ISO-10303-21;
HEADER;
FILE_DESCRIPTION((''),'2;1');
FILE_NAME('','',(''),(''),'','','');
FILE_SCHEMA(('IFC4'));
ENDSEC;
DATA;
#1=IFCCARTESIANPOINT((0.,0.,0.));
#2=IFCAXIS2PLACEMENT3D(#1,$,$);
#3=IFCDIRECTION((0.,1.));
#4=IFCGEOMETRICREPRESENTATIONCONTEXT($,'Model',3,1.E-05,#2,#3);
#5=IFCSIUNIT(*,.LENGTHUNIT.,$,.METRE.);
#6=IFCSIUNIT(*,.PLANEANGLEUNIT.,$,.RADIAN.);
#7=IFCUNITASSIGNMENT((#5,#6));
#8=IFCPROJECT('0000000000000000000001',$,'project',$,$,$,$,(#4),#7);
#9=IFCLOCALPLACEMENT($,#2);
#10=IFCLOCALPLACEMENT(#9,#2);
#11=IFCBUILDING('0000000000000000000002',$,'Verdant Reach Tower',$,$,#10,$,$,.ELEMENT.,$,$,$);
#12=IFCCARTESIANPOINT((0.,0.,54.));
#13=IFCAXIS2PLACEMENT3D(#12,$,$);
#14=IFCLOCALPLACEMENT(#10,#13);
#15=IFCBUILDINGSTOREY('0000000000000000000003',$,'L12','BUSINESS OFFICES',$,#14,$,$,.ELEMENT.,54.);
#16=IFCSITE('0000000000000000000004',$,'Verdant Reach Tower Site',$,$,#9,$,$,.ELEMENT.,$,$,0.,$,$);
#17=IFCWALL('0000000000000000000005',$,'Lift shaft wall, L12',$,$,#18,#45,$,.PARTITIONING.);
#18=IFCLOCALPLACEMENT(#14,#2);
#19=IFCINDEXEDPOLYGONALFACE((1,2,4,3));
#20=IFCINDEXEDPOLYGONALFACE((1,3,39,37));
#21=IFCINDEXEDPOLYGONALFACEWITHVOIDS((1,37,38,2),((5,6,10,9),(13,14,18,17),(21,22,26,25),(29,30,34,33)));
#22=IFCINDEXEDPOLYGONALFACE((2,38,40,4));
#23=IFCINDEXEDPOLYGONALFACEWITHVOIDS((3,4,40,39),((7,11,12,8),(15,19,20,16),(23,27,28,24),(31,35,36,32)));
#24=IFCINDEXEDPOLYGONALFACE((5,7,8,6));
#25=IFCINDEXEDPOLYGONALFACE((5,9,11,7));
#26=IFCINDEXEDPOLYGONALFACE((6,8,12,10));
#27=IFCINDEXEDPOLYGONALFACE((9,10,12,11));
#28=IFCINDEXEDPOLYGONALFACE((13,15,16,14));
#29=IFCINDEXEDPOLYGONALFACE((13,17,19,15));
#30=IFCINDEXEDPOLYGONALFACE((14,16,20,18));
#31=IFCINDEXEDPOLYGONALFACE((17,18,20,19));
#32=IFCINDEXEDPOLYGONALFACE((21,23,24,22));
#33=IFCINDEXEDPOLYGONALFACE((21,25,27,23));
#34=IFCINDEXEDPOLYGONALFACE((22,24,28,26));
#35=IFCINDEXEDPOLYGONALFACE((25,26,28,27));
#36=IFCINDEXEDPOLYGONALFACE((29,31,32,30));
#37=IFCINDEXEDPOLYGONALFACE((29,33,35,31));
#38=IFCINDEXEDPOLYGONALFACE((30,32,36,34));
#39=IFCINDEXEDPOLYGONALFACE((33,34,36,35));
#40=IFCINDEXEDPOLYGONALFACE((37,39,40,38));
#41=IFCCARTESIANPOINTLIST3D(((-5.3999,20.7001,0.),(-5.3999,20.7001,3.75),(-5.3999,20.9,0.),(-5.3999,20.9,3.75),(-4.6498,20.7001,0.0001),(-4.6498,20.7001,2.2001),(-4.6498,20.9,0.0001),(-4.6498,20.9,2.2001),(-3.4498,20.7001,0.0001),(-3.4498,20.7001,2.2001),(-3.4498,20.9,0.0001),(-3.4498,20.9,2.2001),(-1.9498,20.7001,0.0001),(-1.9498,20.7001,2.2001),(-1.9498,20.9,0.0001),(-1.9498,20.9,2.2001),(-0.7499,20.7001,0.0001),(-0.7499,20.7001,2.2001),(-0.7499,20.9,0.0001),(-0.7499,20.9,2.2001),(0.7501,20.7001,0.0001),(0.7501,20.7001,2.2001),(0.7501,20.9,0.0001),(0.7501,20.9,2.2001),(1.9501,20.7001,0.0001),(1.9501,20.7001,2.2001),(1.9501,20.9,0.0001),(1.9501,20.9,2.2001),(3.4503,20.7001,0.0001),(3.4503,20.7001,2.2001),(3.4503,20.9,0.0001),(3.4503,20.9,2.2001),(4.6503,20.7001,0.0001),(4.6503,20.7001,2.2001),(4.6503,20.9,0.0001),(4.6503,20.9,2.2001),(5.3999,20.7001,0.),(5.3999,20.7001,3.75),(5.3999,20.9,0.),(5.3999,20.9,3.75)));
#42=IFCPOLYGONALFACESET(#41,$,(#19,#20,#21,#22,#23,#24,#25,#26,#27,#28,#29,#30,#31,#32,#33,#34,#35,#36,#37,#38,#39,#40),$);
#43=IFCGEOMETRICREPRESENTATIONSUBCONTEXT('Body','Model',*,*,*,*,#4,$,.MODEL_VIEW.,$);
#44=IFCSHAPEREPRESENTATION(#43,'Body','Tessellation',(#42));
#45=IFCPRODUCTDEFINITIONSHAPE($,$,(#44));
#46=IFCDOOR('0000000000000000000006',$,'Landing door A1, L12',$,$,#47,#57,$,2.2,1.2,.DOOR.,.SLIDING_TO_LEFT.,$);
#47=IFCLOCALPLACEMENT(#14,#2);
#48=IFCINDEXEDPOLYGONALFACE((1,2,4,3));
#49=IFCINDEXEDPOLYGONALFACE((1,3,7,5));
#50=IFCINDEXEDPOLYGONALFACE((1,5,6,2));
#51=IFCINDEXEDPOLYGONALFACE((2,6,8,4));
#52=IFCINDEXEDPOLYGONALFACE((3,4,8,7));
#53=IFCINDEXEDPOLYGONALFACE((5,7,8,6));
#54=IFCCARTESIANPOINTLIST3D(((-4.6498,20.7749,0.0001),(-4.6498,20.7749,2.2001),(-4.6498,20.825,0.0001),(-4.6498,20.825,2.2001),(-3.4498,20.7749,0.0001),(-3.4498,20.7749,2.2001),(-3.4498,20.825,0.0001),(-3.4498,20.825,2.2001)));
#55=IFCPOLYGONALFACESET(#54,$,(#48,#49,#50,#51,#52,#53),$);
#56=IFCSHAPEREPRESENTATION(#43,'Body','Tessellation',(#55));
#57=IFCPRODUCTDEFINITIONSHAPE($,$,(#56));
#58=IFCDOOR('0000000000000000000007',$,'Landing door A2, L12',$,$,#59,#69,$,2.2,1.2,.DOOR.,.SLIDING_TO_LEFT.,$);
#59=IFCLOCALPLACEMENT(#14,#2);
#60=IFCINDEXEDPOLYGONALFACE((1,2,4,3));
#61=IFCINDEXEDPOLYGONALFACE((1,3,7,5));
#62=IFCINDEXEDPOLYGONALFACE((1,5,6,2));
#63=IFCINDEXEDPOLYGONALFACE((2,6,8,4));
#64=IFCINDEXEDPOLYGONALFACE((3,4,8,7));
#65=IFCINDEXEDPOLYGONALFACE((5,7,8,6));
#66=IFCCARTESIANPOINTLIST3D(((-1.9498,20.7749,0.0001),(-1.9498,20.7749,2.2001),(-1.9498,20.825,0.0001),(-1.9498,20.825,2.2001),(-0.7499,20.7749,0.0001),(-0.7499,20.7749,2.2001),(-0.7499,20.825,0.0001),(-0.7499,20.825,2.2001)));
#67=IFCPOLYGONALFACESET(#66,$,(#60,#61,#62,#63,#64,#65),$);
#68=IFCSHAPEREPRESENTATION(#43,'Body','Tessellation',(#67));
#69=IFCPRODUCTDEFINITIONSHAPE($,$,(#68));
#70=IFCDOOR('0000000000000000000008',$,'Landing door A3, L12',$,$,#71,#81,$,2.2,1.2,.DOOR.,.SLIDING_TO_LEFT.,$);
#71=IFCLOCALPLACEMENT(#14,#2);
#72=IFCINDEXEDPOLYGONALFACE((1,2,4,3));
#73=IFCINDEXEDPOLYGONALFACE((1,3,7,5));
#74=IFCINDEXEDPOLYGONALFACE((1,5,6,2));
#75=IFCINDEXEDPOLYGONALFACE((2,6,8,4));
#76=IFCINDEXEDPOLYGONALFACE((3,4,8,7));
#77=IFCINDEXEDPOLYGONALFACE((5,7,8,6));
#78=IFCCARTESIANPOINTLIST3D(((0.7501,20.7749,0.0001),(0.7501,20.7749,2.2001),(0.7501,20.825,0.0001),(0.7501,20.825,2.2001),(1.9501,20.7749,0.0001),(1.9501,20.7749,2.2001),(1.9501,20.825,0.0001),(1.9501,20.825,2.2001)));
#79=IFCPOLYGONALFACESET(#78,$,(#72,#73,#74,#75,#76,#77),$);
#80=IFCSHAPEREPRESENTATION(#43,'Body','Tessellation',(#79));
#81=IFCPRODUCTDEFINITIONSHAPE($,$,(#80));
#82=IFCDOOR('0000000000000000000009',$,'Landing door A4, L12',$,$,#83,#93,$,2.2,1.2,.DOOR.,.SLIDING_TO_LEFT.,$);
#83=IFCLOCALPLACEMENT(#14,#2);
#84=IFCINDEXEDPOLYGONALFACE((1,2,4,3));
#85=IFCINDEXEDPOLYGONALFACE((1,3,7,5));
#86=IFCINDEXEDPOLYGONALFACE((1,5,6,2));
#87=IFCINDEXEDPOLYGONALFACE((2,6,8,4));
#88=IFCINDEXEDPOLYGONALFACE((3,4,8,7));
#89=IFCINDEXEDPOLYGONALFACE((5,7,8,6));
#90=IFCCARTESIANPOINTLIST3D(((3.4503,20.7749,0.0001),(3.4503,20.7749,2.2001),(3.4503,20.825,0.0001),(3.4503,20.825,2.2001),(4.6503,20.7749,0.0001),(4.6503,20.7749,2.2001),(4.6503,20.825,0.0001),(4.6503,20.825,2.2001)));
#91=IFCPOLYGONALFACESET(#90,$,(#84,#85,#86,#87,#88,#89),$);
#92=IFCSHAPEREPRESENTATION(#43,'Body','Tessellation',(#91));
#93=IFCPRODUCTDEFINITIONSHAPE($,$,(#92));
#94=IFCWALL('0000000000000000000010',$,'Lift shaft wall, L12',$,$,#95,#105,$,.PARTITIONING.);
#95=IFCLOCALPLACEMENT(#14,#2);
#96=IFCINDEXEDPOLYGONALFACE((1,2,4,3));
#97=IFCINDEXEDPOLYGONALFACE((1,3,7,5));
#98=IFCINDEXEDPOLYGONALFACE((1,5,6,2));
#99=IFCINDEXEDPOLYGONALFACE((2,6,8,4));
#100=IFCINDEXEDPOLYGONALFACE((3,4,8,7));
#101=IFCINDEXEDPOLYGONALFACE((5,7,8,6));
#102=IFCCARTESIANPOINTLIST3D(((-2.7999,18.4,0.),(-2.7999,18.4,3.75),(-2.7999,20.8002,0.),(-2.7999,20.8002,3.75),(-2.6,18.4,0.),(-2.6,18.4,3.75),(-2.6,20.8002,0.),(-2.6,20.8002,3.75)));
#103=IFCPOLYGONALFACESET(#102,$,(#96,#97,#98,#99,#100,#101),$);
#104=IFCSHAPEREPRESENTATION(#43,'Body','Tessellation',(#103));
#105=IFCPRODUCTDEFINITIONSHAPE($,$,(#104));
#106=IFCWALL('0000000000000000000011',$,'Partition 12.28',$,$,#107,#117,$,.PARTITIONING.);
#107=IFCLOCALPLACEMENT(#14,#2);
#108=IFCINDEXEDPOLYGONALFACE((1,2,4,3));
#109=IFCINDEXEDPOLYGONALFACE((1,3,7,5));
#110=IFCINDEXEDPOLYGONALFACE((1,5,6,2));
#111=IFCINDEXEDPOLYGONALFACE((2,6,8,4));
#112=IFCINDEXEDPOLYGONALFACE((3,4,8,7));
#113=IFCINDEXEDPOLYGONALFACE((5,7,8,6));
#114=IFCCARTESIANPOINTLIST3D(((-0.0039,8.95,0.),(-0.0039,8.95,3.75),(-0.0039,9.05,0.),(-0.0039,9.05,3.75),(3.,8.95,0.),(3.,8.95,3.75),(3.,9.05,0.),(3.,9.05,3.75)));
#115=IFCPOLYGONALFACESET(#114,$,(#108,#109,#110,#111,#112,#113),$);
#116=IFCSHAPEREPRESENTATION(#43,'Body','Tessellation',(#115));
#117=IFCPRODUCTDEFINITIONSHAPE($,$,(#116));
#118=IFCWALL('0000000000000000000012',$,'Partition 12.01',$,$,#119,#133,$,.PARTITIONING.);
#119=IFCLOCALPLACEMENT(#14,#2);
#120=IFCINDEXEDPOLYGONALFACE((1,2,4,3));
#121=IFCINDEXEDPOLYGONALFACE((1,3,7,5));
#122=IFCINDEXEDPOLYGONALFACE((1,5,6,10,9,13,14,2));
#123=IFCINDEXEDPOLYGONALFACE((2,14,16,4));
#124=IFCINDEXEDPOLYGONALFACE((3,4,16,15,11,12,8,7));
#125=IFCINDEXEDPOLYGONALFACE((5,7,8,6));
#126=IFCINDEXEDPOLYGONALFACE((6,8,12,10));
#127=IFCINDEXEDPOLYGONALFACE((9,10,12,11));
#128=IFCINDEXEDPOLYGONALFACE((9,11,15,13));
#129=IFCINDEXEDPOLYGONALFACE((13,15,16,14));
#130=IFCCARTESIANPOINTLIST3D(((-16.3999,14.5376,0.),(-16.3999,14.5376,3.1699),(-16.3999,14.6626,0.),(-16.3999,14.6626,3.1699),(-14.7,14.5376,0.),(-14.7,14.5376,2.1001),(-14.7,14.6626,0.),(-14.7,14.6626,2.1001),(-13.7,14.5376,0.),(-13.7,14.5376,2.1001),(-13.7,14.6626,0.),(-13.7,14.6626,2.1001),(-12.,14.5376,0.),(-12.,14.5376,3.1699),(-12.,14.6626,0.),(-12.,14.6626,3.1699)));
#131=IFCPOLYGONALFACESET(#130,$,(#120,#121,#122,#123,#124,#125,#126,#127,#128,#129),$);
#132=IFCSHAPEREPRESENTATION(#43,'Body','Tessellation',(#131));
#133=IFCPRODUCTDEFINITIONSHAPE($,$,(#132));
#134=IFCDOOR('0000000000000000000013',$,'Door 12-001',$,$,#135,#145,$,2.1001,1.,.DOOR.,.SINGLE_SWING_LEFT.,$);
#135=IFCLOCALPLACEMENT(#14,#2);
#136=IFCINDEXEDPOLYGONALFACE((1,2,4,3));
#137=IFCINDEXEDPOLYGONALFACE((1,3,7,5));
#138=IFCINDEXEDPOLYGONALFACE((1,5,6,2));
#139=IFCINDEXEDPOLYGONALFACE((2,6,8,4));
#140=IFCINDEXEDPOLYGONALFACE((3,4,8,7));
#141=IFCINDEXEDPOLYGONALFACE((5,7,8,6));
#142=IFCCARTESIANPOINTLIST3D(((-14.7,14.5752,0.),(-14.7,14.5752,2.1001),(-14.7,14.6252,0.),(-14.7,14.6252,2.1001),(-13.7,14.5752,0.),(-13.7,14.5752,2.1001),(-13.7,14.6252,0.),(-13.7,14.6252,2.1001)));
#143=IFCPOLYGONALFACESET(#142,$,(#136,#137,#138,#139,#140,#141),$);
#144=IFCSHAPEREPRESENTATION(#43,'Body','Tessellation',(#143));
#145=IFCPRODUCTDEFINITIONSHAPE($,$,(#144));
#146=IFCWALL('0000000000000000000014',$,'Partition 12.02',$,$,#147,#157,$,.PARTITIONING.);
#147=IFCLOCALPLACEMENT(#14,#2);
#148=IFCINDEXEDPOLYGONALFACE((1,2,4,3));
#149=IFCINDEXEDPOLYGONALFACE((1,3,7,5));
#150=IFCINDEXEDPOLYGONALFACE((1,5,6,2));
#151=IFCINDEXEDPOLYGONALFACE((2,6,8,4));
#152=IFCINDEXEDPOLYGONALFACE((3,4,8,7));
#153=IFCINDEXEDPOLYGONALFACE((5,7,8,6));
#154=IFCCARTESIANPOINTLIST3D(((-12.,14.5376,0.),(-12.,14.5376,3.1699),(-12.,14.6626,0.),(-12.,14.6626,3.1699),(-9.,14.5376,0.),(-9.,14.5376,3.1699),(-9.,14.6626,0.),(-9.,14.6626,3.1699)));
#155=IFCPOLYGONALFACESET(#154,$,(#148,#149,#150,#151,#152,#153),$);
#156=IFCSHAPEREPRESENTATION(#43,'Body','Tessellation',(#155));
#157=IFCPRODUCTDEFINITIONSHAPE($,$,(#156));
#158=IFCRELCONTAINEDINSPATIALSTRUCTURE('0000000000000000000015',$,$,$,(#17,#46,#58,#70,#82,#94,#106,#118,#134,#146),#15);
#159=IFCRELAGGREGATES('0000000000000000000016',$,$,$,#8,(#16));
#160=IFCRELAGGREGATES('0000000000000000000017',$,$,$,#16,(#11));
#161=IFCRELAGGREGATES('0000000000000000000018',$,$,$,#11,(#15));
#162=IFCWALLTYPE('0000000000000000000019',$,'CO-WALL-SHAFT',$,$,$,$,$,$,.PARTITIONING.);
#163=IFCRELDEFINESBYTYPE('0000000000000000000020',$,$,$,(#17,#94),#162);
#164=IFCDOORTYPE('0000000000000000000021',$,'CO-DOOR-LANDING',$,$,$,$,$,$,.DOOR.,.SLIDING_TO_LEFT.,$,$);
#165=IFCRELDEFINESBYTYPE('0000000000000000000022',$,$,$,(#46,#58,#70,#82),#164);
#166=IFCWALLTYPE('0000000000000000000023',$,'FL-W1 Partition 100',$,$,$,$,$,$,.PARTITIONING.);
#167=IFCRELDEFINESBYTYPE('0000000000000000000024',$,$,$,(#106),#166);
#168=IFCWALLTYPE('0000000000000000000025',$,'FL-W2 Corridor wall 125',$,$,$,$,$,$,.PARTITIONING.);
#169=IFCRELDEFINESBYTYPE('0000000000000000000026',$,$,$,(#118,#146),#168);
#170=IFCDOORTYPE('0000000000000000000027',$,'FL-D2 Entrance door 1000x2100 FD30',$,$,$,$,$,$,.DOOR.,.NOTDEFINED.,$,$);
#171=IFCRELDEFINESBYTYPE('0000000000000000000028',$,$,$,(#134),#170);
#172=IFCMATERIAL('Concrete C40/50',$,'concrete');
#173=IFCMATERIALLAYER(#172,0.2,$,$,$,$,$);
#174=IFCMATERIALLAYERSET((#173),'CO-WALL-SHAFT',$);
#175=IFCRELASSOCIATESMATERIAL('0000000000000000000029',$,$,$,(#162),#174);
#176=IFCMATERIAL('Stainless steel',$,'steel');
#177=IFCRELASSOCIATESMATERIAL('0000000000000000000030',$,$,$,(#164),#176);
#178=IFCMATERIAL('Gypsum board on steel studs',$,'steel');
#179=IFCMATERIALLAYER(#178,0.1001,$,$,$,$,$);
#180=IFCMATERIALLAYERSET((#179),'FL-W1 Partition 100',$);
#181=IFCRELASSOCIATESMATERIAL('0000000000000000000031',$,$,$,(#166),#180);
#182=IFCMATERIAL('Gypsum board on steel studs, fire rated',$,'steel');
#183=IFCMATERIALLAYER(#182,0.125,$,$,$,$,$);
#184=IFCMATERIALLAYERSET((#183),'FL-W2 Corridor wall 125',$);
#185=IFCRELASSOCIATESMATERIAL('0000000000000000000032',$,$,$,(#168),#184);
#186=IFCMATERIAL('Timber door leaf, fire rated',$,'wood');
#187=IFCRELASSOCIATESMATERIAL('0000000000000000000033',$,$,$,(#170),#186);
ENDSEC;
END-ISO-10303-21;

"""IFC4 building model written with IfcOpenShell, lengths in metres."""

from ifc_helpers import new_model, si_unit, direction, frame, frame_2d, origin, place, context, subcontext, project, spatial, rectangle, extrude, material, layer, layer_set, type_object, element, fill, save


model = new_model("IFC4")

# Units and contexts
model_context = context("Model", 3, precision=1e-05, world=origin(), true_north=direction((0.0, 1.0)))
body_context = subcontext(model_context, "Body", "Model", "MODEL_VIEW")
ifc_project = project(units=[si_unit("LENGTHUNIT", "METRE"), si_unit("PLANEANGLEUNIT", "RADIAN")], contexts=[model_context])

# Site, building, storey
site_placement = place(None, origin())
site = spatial("IfcSite", under=ifc_project, at=site_placement, Name="Verdant Reach Tower Site", CompositionType="ELEMENT", RefElevation=0.0)
building_placement = place(site_placement, origin())
building = spatial("IfcBuilding", under=site, at=building_placement, Name="Verdant Reach Tower", CompositionType="ELEMENT")
storey_placement = place(building_placement, frame((0.0, 0.0, 54.0)))
storey = spatial("IfcBuildingStorey", under=building, at=storey_placement, Name="L12", Description="BUSINESS OFFICES", CompositionType="ELEMENT", Elevation=54.0)

# Shared definitions
ifc_material_1 = material(Name="Gypsum board on steel studs", Category="steel")

# Wall, openings, doors
ifc_material_2 = material(Name="Concrete C40/50", Category="concrete")
ifc_layer_1 = layer(ifc_material_2, 0.2)
ifc_layer_set_1 = layer_set([ifc_layer_1], Name="CO-WALL-SHAFT")
wall_type_1 = type_object("IfcWallType", Name="CO-WALL-SHAFT", PredefinedType="PARTITIONING", material=ifc_layer_set_1)
wall_1_placement = place(storey_placement, frame((-5.3999, 20.8, 0.0), z_axis=(0.0, 0.0, 1.0), x_axis=(1.0, 0.0, 0.0)))
wall_1 = element("IfcWall", 1, at=wall_1_placement, inside=storey, type_object=wall_type_1, Name="Lift shaft wall, L12", PredefinedType="PARTITIONING", context=body_context, shape_type="SweptSolid", body=[
    extrude(rectangle(XDim=10.7998, YDim=0.2, at=frame_2d((5.3999, 0.0))), origin(), (0.0, 0.0, 1.0), 3.75),
])
opening_1_placement = place(wall_1_placement, frame((0.75, 0.0, 0.0)))
opening_1 = element("IfcOpeningElement", 2, at=opening_1_placement, cuts=wall_1, PredefinedType="OPENING", context=body_context, shape_type="SweptSolid", body=[
    extrude(rectangle(XDim=1.2, YDim=2.2, at=frame_2d((0.6001, 1.1001))), frame((0.0, 0.1099, 0.0), z_axis=(0.0, -1.0, 0.0), x_axis=(1.0, 0.0, 0.0)), (0.0, 0.0, 1.0), 0.22),
])
opening_2_placement = place(wall_1_placement, frame((3.45, 0.0, 0.0)))
opening_2 = element("IfcOpeningElement", 3, at=opening_2_placement, cuts=wall_1, PredefinedType="OPENING", context=body_context, shape_type="SweptSolid", body=[
    extrude(rectangle(XDim=1.2, YDim=2.2, at=frame_2d((0.6001, 1.1001))), frame((0.0, 0.1099, 0.0), z_axis=(0.0, -1.0, 0.0), x_axis=(1.0, 0.0, 0.0)), (0.0, 0.0, 1.0), 0.22),
])
opening_3_placement = place(wall_1_placement, frame((6.1499, 0.0, 0.0)))
opening_3 = element("IfcOpeningElement", 4, at=opening_3_placement, cuts=wall_1, PredefinedType="OPENING", context=body_context, shape_type="SweptSolid", body=[
    extrude(rectangle(XDim=1.2, YDim=2.2, at=frame_2d((0.6001, 1.1001))), frame((0.0, 0.1099, 0.0), z_axis=(0.0, -1.0, 0.0), x_axis=(1.0, 0.0, 0.0)), (0.0, 0.0, 1.0), 0.22),
])
opening_4_placement = place(wall_1_placement, frame((8.8501, 0.0, 0.0)))
opening_4 = element("IfcOpeningElement", 5, at=opening_4_placement, cuts=wall_1, PredefinedType="OPENING", context=body_context, shape_type="SweptSolid", body=[
    extrude(rectangle(XDim=1.2, YDim=2.2, at=frame_2d((0.6001, 1.1001))), frame((0.0, 0.1099, 0.0), z_axis=(0.0, -1.0, 0.0), x_axis=(1.0, 0.0, 0.0)), (0.0, 0.0, 1.0), 0.22),
])
ifc_material_3 = material(Name="Stainless steel", Category="steel")
door_type_1 = type_object("IfcDoorType", Name="CO-DOOR-LANDING", OperationType="SLIDING_TO_LEFT", PredefinedType="DOOR", material=ifc_material_3)
door_1_placement = place(opening_1_placement, origin())
door_1 = element("IfcDoor", 6, at=door_1_placement, inside=storey, type_object=door_type_1, Name="Landing door A1, L12", OperationType="SLIDING_TO_LEFT", OverallHeight=2.2, OverallWidth=1.2, PredefinedType="DOOR", context=body_context, shape_type="SweptSolid", body=[
    extrude(rectangle(XDim=1.2, YDim=2.2, at=frame_2d((0.6001, 1.1001))), frame((0.0, 0.0249, 0.0), z_axis=(0.0, -1.0, 0.0), x_axis=(1.0, 0.0, 0.0)), (0.0, 0.0, 1.0), 0.05),
])
fill(opening_1, door_1)
door_2_placement = place(opening_2_placement, origin())
door_2 = element("IfcDoor", 7, at=door_2_placement, inside=storey, type_object=door_type_1, Name="Landing door A2, L12", OperationType="SLIDING_TO_LEFT", OverallHeight=2.2, OverallWidth=1.2, PredefinedType="DOOR", context=body_context, shape_type="SweptSolid", body=[
    extrude(rectangle(XDim=1.2, YDim=2.2, at=frame_2d((0.6001, 1.1001))), frame((0.0, 0.0249, 0.0), z_axis=(0.0, -1.0, 0.0), x_axis=(1.0, 0.0, 0.0)), (0.0, 0.0, 1.0), 0.05),
])
fill(opening_2, door_2)
door_3_placement = place(opening_3_placement, origin())
door_3 = element("IfcDoor", 8, at=door_3_placement, inside=storey, type_object=door_type_1, Name="Landing door A3, L12", OperationType="SLIDING_TO_LEFT", OverallHeight=2.2, OverallWidth=1.2, PredefinedType="DOOR", context=body_context, shape_type="SweptSolid", body=[
    extrude(rectangle(XDim=1.2, YDim=2.2, at=frame_2d((0.6001, 1.1001))), frame((0.0, 0.0249, 0.0), z_axis=(0.0, -1.0, 0.0), x_axis=(1.0, 0.0, 0.0)), (0.0, 0.0, 1.0), 0.05),
])
fill(opening_3, door_3)
door_4_placement = place(opening_4_placement, origin())
door_4 = element("IfcDoor", 9, at=door_4_placement, inside=storey, type_object=door_type_1, Name="Landing door A4, L12", OperationType="SLIDING_TO_LEFT", OverallHeight=2.2, OverallWidth=1.2, PredefinedType="DOOR", context=body_context, shape_type="SweptSolid", body=[
    extrude(rectangle(XDim=1.2, YDim=2.2, at=frame_2d((0.6001, 1.1001))), frame((0.0, 0.0249, 0.0), z_axis=(0.0, -1.0, 0.0), x_axis=(1.0, 0.0, 0.0)), (0.0, 0.0, 1.0), 0.05),
])
fill(opening_4, door_4)

# Walls
wall_2_placement = place(storey_placement, frame((-2.7, 18.3999, 0.0), z_axis=(0.0, 0.0, 1.0), x_axis=(0.0, 1.0, 0.0)))
element("IfcWall", 10, at=wall_2_placement, inside=storey, type_object=wall_type_1, Name="Lift shaft wall, L12", PredefinedType="PARTITIONING", context=body_context, shape_type="SweptSolid", body=[
    extrude(rectangle(XDim=2.4001, YDim=0.2, at=frame_2d((1.2002, 0.0))), origin(), (0.0, 0.0, 1.0), 3.75),
])
ifc_layer_2 = layer(ifc_material_1, 0.1001)
ifc_layer_set_2 = layer_set([ifc_layer_2], Name="FL-W1 Partition 100")
wall_type_2 = type_object("IfcWallType", Name="FL-W1 Partition 100", PredefinedType="PARTITIONING", material=ifc_layer_set_2)
wall_3_placement = place(storey_placement, frame((-0.0039, 9.0, 0.0), z_axis=(0.0, 0.0, 1.0), x_axis=(1.0, 0.0, 0.0)))
element("IfcWall", 11, at=wall_3_placement, inside=storey, type_object=wall_type_2, Name="Partition 12.28", PredefinedType="PARTITIONING", context=body_context, shape_type="SweptSolid", body=[
    extrude(rectangle(XDim=3.0039, YDim=0.1001, at=frame_2d((1.502, 0.0))), origin(), (0.0, 0.0, 1.0), 3.75),
])

# Wall, opening, door
ifc_material_4 = material(Name="Gypsum board on steel studs, fire rated", Category="steel")
ifc_layer_3 = layer(ifc_material_4, 0.125)
ifc_layer_set_3 = layer_set([ifc_layer_3], Name="FL-W2 Corridor wall 125")
wall_type_3 = type_object("IfcWallType", Name="FL-W2 Corridor wall 125", PredefinedType="PARTITIONING", material=ifc_layer_set_3)
wall_4_placement = place(storey_placement, frame((-12.0, 14.6001, 0.0), z_axis=(0.0, 0.0, 1.0), x_axis=(-1.0, 0.0, 0.0)))
wall_4 = element("IfcWall", 12, at=wall_4_placement, inside=storey, type_object=wall_type_3, Name="Partition 12.01", PredefinedType="PARTITIONING", context=body_context, shape_type="SweptSolid", body=[
    extrude(rectangle(XDim=4.3999, YDim=0.125, at=frame_2d((2.2, 0.0))), origin(), (0.0, 0.0, 1.0), 3.1699),
])
opening_5_placement = place(wall_4_placement, frame((1.7, 0.0, 0.0)))
opening_5 = element("IfcOpeningElement", 13, at=opening_5_placement, cuts=wall_4, PredefinedType="OPENING", context=body_context, shape_type="SweptSolid", body=[
    extrude(rectangle(XDim=1.0, YDim=2.1001, at=frame_2d((0.5, 1.05))), frame((0.0, 0.0725, 0.0), z_axis=(0.0, -1.0, 0.0), x_axis=(1.0, 0.0, 0.0)), (0.0, 0.0, 1.0), 0.145),
])
ifc_material_5 = material(Name="Timber door leaf, fire rated", Category="wood")
door_type_2 = type_object("IfcDoorType", Name="FL-D2 Entrance door 1000x2100 FD30", OperationType="NOTDEFINED", PredefinedType="DOOR", material=ifc_material_5)
door_5_placement = place(opening_5_placement, origin())
door_5 = element("IfcDoor", 14, at=door_5_placement, inside=storey, type_object=door_type_2, Name="Door 12-001", OperationType="SINGLE_SWING_LEFT", OverallHeight=2.1001, OverallWidth=1.0, PredefinedType="DOOR", context=body_context, shape_type="SweptSolid", body=[
    extrude(rectangle(XDim=1.0, YDim=2.1001, at=frame_2d((0.5, 1.05))), frame((0.0, 0.0249, 0.0), z_axis=(0.0, -1.0, 0.0), x_axis=(1.0, 0.0, 0.0)), (0.0, 0.0, 1.0), 0.05),
])
fill(opening_5, door_5)

# Wall
wall_5_placement = place(storey_placement, frame((-12.0, 14.6001, 0.0), z_axis=(0.0, 0.0, 1.0), x_axis=(1.0, 0.0, 0.0)))
element("IfcWall", 15, at=wall_5_placement, inside=storey, type_object=wall_type_3, Name="Partition 12.02", PredefinedType="PARTITIONING", context=body_context, shape_type="SweptSolid", body=[
    extrude(rectangle(XDim=3.0, YDim=0.125, at=frame_2d((1.5, 0.0))), origin(), (0.0, 0.0, 1.0), 3.1699),
])

save(model, "model.ifc")
